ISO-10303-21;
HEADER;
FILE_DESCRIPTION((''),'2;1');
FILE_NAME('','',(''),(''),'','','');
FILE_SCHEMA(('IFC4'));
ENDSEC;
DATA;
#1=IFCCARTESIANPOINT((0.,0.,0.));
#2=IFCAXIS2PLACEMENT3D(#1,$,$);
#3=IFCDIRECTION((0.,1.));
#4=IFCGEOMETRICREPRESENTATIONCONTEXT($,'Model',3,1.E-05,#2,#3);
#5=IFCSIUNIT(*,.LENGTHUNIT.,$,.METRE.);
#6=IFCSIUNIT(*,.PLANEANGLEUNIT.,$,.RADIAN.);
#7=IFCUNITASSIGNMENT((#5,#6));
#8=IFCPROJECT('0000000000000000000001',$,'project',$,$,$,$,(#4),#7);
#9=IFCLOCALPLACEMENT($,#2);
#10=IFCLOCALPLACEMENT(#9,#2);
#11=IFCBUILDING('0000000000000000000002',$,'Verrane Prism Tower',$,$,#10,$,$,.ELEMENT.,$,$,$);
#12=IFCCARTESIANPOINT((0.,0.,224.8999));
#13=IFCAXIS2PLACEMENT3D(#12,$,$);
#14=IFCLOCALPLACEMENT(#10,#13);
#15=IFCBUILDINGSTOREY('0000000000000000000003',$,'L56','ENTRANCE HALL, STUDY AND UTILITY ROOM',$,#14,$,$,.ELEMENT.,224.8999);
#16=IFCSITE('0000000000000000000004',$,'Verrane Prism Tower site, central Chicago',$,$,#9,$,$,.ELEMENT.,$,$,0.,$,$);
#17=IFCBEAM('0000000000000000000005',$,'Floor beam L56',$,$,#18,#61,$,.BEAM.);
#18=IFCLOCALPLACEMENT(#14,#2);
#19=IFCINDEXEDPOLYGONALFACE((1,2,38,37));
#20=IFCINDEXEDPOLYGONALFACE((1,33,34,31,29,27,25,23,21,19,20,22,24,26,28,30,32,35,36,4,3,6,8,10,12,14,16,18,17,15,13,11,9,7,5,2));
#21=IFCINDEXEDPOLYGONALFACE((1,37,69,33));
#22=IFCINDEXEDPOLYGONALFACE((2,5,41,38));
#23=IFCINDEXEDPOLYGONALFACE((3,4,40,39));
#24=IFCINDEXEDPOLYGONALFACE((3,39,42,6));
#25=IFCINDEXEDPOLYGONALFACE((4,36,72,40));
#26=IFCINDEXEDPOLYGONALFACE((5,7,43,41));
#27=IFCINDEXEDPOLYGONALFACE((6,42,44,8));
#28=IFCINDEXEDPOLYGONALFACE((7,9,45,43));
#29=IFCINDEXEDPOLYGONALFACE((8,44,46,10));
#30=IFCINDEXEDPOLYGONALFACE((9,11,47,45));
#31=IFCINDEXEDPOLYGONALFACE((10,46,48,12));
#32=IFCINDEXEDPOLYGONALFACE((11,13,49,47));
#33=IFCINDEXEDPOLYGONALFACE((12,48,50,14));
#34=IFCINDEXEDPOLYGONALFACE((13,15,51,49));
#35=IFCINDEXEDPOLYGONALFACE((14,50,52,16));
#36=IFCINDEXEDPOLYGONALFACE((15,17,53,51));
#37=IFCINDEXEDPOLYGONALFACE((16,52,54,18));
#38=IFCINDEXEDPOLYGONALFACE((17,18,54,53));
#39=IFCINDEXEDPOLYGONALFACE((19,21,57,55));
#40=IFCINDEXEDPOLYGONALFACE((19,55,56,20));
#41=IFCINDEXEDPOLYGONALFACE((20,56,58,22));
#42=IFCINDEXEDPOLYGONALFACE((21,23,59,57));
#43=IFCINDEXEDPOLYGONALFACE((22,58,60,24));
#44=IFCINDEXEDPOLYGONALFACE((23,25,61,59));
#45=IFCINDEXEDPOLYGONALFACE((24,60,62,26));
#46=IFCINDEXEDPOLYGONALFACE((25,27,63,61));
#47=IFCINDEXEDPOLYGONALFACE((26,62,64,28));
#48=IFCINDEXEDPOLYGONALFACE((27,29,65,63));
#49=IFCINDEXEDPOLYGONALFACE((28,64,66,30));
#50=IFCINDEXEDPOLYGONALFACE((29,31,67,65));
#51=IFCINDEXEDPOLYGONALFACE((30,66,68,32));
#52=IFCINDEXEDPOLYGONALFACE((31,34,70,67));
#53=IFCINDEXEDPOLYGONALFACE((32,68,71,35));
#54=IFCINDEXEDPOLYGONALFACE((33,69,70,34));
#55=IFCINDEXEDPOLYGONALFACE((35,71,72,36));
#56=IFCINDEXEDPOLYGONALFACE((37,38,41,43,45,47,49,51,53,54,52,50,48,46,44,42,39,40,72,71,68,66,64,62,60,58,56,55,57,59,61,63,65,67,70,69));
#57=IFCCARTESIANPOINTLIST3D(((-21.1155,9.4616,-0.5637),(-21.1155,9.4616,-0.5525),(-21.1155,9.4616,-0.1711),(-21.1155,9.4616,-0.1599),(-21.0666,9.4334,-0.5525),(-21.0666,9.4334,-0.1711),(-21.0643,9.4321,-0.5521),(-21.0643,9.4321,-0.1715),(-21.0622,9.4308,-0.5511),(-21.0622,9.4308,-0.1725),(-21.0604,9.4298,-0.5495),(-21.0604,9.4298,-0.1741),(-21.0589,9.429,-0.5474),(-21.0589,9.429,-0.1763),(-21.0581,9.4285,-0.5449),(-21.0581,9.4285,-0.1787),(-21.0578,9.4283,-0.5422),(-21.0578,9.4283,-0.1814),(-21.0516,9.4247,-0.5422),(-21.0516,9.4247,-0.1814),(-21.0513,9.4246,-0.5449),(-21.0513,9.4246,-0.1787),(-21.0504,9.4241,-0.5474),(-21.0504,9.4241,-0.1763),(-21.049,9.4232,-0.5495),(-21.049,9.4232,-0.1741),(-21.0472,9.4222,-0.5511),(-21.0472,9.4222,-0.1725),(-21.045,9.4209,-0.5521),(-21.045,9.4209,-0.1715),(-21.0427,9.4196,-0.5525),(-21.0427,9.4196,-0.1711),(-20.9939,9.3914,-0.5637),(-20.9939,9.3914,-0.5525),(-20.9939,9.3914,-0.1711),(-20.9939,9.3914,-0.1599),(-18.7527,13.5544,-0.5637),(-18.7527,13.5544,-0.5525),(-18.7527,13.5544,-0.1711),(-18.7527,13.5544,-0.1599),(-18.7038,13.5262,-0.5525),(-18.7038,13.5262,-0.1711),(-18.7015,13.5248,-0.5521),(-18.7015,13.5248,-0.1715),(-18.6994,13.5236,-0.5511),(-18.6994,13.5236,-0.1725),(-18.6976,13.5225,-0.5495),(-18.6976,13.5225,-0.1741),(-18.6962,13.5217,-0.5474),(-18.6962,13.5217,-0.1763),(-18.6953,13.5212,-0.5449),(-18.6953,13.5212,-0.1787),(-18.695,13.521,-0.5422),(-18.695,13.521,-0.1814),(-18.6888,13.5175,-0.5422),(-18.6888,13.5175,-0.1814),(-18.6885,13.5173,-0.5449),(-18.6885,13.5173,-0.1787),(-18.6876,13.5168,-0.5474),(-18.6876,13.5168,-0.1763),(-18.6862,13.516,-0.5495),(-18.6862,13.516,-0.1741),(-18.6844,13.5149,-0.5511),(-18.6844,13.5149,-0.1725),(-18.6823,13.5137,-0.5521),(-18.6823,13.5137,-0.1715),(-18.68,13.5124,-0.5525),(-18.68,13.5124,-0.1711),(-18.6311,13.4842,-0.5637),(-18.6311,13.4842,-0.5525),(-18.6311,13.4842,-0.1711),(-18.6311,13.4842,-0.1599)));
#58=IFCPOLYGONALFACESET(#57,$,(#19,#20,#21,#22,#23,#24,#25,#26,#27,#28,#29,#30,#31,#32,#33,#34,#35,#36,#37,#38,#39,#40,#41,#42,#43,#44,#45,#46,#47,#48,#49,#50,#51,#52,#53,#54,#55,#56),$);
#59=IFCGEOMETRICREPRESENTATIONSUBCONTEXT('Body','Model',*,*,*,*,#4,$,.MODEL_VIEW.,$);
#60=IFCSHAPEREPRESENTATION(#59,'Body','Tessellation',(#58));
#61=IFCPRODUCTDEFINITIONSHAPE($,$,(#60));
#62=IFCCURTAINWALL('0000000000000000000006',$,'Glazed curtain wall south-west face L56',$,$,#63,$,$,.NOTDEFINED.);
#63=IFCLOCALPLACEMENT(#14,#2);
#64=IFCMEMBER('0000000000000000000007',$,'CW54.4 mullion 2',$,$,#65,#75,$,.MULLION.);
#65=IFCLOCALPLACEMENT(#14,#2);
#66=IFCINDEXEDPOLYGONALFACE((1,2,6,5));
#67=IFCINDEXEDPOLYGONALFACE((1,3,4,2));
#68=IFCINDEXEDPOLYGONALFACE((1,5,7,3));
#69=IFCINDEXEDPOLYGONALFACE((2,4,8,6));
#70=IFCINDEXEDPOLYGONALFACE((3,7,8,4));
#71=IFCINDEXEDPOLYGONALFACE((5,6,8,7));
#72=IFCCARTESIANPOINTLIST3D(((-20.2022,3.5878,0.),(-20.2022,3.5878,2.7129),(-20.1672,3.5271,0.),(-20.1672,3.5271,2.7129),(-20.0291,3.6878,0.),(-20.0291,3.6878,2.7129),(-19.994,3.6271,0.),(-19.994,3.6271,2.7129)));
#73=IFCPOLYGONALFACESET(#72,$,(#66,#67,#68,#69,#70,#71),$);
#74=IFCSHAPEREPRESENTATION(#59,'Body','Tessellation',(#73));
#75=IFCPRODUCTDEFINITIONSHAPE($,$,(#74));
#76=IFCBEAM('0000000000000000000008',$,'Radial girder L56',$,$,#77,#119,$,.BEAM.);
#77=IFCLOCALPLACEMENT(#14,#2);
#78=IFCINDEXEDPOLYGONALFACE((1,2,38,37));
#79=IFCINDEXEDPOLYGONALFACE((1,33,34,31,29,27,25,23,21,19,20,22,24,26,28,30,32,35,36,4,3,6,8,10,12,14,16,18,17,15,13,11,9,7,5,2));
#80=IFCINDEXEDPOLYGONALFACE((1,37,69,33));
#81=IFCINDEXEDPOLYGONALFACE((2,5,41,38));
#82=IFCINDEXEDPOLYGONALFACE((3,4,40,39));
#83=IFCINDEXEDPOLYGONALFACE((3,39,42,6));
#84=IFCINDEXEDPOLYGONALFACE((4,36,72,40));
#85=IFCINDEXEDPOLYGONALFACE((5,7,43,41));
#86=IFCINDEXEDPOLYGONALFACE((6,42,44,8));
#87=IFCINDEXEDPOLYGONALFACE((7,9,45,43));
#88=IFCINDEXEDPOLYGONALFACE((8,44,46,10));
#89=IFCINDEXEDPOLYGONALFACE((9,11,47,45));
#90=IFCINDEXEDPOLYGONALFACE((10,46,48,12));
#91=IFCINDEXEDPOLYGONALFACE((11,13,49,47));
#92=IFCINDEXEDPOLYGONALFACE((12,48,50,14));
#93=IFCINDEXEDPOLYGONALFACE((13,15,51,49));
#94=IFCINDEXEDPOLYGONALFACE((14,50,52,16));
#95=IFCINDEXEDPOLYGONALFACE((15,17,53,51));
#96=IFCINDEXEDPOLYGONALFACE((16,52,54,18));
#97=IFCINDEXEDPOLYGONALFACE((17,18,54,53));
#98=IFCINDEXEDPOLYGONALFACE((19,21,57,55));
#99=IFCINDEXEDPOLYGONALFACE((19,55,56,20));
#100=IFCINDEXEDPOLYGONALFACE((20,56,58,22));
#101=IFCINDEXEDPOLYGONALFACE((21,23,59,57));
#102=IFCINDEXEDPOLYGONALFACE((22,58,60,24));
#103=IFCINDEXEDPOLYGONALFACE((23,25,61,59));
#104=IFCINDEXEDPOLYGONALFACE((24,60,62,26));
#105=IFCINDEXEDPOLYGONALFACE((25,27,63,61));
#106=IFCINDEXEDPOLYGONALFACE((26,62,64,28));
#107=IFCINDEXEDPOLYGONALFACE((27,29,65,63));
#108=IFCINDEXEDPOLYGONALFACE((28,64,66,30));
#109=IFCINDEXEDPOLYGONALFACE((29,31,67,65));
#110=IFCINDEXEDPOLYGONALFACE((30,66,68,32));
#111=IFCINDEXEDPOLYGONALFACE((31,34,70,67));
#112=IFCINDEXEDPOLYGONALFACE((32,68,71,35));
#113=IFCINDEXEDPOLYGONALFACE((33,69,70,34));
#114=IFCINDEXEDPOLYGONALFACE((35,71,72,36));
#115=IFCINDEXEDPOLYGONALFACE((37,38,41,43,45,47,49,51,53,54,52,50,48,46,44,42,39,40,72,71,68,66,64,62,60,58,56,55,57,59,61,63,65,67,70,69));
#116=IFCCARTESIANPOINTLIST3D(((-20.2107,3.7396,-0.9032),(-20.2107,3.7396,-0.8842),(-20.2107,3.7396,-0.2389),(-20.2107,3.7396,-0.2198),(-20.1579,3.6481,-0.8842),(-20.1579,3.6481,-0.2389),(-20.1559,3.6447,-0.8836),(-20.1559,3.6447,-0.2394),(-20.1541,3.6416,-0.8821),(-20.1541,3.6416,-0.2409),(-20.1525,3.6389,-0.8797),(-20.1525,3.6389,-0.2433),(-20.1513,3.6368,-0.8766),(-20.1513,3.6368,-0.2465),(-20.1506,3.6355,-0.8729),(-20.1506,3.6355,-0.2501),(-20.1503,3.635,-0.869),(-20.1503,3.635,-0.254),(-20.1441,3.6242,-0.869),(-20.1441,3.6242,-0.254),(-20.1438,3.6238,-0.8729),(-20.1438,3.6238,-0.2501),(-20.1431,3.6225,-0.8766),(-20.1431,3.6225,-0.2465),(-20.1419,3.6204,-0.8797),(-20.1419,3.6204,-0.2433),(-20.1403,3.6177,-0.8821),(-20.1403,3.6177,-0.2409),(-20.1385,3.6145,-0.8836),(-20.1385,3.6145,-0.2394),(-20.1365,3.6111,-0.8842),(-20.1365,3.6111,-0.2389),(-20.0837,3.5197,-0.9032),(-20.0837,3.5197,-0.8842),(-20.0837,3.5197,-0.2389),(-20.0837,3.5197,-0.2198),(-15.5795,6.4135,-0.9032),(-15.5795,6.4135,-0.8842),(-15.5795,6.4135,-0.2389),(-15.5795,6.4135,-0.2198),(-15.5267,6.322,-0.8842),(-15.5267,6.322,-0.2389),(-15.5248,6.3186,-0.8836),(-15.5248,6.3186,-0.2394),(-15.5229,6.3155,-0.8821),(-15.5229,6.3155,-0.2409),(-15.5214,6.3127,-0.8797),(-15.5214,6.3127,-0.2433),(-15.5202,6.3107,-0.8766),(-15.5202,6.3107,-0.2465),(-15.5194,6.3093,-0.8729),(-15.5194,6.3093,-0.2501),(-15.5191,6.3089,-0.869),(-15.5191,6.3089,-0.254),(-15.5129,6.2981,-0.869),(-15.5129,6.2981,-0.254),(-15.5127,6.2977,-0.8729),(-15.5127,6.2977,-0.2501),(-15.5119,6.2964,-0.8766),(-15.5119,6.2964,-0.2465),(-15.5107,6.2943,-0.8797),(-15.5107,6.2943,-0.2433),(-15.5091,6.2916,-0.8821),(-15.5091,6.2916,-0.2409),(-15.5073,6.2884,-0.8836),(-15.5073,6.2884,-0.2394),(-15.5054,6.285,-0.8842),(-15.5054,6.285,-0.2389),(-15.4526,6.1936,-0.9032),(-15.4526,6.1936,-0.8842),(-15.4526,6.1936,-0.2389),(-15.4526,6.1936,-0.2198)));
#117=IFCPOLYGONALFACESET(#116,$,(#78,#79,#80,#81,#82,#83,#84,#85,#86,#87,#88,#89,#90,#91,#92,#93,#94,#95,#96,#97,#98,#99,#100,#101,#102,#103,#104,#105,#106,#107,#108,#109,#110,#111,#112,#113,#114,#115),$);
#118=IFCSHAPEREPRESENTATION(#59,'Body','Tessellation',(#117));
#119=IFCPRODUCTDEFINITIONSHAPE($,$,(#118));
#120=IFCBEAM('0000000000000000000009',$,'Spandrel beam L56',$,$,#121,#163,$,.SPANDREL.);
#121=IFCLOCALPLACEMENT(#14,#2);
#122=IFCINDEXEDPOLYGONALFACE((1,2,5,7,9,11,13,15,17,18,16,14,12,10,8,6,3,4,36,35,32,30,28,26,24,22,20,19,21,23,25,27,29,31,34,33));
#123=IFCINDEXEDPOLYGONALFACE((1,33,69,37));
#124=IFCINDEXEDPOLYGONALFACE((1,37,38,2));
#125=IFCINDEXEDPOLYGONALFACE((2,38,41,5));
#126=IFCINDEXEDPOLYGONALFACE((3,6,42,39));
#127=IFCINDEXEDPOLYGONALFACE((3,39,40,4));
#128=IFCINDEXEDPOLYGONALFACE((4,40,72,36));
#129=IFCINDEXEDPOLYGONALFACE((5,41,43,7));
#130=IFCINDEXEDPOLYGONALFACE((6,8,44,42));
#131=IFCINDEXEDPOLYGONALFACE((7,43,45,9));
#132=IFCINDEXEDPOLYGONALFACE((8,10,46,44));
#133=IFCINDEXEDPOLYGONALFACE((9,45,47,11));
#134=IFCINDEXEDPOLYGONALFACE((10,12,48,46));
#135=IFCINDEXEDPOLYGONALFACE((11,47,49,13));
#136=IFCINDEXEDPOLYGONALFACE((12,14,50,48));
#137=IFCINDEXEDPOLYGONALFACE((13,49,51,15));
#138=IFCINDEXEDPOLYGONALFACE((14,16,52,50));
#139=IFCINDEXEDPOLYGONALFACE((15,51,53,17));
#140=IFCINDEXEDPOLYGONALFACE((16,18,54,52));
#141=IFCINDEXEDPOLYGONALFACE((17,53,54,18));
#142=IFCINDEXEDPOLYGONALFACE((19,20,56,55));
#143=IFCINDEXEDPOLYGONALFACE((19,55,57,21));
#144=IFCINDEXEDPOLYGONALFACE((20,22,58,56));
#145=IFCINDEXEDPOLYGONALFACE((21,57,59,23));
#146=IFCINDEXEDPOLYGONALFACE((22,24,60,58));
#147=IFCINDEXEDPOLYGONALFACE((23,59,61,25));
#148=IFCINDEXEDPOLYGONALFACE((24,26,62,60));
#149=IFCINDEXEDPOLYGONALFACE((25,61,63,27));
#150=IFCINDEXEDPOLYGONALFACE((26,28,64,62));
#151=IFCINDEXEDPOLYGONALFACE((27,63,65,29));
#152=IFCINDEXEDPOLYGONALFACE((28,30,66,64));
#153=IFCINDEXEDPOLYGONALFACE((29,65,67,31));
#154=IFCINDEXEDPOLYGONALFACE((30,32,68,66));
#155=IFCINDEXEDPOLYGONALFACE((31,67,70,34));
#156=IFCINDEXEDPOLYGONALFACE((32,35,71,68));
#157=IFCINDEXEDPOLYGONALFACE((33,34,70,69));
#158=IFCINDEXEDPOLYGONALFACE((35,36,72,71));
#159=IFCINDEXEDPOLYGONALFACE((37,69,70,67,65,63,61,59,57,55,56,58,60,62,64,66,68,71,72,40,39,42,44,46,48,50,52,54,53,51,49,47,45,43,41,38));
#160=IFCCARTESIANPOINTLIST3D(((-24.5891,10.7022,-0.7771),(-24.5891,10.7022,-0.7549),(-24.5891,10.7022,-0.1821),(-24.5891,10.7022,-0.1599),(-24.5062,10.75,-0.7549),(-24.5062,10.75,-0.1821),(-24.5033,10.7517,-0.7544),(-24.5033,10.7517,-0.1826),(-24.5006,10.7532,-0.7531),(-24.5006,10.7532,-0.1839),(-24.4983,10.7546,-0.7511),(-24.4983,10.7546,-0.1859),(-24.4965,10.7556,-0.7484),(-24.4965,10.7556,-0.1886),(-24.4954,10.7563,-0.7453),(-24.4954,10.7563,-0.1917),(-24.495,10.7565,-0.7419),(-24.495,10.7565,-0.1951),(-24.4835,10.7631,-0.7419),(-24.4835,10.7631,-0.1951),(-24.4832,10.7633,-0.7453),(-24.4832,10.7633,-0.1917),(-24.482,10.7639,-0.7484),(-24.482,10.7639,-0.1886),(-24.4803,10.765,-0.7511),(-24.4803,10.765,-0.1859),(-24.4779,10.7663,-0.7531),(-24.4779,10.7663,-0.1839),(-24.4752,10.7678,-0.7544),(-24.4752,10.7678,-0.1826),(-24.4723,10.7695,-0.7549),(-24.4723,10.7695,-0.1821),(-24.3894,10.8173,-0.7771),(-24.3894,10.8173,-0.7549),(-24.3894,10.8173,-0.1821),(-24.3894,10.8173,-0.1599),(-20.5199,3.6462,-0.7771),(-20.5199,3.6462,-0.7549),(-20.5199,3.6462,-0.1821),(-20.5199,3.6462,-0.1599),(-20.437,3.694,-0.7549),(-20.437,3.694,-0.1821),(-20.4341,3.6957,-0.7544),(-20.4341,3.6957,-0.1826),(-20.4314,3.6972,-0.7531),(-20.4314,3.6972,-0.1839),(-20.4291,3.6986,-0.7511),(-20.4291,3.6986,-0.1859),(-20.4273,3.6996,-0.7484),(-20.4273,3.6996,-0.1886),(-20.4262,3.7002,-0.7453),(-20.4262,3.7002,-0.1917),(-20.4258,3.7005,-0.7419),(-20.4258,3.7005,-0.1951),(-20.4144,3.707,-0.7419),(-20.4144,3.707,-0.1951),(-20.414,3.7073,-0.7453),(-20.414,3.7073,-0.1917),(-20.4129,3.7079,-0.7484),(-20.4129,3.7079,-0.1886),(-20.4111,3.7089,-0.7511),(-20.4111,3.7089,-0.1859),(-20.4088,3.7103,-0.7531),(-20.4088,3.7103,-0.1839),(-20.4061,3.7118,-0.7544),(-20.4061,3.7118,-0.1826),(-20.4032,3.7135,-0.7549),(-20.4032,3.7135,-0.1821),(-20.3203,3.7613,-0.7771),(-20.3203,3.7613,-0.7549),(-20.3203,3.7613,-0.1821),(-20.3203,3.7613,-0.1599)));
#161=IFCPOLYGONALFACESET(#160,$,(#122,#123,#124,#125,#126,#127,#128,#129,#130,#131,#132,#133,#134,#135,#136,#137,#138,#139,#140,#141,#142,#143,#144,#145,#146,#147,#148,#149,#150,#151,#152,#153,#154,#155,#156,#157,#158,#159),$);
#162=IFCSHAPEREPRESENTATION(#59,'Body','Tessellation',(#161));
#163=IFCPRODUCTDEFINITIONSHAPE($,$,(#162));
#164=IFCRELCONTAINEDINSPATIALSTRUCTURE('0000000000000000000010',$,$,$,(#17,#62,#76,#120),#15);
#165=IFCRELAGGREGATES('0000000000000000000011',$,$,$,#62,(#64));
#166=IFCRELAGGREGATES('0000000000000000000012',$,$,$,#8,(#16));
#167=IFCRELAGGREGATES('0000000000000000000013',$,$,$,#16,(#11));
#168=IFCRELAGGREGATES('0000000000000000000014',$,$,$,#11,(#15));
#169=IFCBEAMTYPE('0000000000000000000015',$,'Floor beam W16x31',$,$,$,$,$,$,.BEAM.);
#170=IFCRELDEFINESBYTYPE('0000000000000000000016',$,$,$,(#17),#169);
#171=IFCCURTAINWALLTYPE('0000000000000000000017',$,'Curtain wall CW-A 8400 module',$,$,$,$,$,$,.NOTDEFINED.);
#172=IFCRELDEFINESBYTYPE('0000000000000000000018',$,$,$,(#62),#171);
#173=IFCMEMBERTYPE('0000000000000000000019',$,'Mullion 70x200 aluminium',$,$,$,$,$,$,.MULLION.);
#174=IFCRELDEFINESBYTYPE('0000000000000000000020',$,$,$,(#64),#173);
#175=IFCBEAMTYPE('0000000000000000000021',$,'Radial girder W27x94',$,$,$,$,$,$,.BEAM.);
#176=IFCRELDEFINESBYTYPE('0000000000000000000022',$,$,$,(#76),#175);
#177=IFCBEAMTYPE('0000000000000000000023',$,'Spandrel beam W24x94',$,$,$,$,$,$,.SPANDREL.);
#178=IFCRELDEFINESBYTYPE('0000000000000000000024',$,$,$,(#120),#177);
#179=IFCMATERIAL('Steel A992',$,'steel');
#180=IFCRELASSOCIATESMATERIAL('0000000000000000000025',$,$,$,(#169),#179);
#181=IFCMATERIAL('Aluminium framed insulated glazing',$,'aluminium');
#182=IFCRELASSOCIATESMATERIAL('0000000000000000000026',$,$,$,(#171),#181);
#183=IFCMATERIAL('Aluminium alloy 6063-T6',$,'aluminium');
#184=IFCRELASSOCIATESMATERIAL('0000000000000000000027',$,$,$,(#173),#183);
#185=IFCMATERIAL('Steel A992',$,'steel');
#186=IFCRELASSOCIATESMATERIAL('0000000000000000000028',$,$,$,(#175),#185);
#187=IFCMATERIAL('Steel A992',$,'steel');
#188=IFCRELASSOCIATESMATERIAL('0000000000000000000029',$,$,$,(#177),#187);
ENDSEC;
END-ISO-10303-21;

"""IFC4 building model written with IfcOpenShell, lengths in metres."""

from ifc_helpers import new_model, si_unit, direction, frame, origin, origin_2d, place, context, subcontext, project, spatial, rectangle, i_section, extrude, material, material_profile, profile_set, type_object, element, aggregate, save


model = new_model("IFC4")

# Units and contexts
model_context = context("Model", 3, precision=1e-05, world=origin(), true_north=direction((0.0, 1.0)))
body_context = subcontext(model_context, "Body", "Model", "MODEL_VIEW")
ifc_project = project(units=[si_unit("LENGTHUNIT", "METRE"), si_unit("PLANEANGLEUNIT", "RADIAN")], contexts=[model_context])

# Site, building, storey
site_placement = place(None, origin())
site = spatial("IfcSite", under=ifc_project, at=site_placement, Name="Verrane Prism Tower site, central Chicago", CompositionType="ELEMENT", RefElevation=0.0)
building_placement = place(site_placement, origin())
building = spatial("IfcBuilding", under=site, at=building_placement, Name="Verrane Prism Tower", CompositionType="ELEMENT")
storey_placement = place(building_placement, frame((0.0, 0.0, 224.8999)))
storey = spatial("IfcBuildingStorey", under=building, at=storey_placement, Name="L56", Description="ENTRANCE HALL, STUDY AND UTILITY ROOM", CompositionType="ELEMENT", Elevation=224.8999)

# Beam
ifc_material_1 = material(Name="Steel A992", Category="steel")
ifc_material_profile_1 = material_profile(ifc_material_1, i_section(OverallWidth=0.1404, OverallDepth=0.4038, WebThickness=0.0071, FlangeThickness=0.0112, FilletRadius=0.0103, at=origin_2d()), Name="W16x31")
ifc_profile_set_1 = profile_set([ifc_material_profile_1], Name="Steel A992")
beam_type_1 = type_object("IfcBeamType", Name="Floor beam W16x31", PredefinedType="BEAM", material=ifc_profile_set_1)
beam_1_placement = place(storey_placement, frame((-21.0547, 9.4265, -0.3618), z_axis=(0.499973, 0.866041, 0.0), x_axis=(-0.866041, 0.499973, 0.0)))
element("IfcBeam", 1, at=beam_1_placement, inside=storey, type_object=beam_type_1, Name="Floor beam L56", PredefinedType="BEAM", context=body_context, shape_type="SweptSolid", body=[
    extrude(i_section(OverallWidth=0.1404, OverallDepth=0.4038, WebThickness=0.0071, FlangeThickness=0.0112, FilletRadius=0.0103, at=origin_2d()), origin(), (0.0, 0.0, 1.0), 4.7258),
])

# Curtain wall, member
ifc_material_2 = material(Name="Aluminium framed insulated glazing", Category="aluminium")
curtain_wall_type = type_object("IfcCurtainWallType", Name="Curtain wall CW-A 8400 module", PredefinedType="NOTDEFINED", material=ifc_material_2)
curtain_wall_placement = place(storey_placement, origin())
curtain_wall = element("IfcCurtainWall", 2, at=curtain_wall_placement, inside=storey, type_object=curtain_wall_type, Name="Glazed curtain wall south-west face L56", PredefinedType="NOTDEFINED")
ifc_material_3 = material(Name="Aluminium alloy 6063-T6", Category="aluminium")
ifc_material_profile_2 = material_profile(ifc_material_3, rectangle(XDim=0.2, YDim=0.0701, at=origin_2d()), Name="Mullion 70x200 aluminium")
ifc_profile_set_2 = profile_set([ifc_material_profile_2], Name="Aluminium alloy 6063-T6")
member_type_1 = type_object("IfcMemberType", Name="Mullion 70x200 aluminium", PredefinedType="MULLION", material=ifc_profile_set_2)
member_1_placement = place(storey_placement, frame((-20.0981, 3.6074, 0.0), z_axis=(0.0, 0.0, 1.0), x_axis=(0.866025, 0.500001, 0.0)))
member_1 = element("IfcMember", 3, at=member_1_placement, type_object=member_type_1, Name="CW54.4 mullion 2", PredefinedType="MULLION", context=body_context, shape_type="SweptSolid", body=[
    extrude(rectangle(XDim=0.2, YDim=0.0701, at=origin_2d()), origin(), (0.0, 0.0, 1.0), 2.7129),
])

# Beams
ifc_material_4 = material(Name="Steel A992", Category="steel")
ifc_material_profile_3 = material_profile(ifc_material_4, i_section(OverallWidth=0.2539, OverallDepth=0.6833, WebThickness=0.0125, FlangeThickness=0.019, FilletRadius=0.0151, at=origin_2d()), Name="W27x94")
ifc_profile_set_3 = profile_set([ifc_material_profile_3], Name="Steel A992")
beam_type_2 = type_object("IfcBeamType", Name="Radial girder W27x94", PredefinedType="BEAM", material=ifc_profile_set_3)
beam_2_placement = place(storey_placement, frame((-20.1472, 3.6296, -0.5615), z_axis=(0.866021, 0.500008, 0.0), x_axis=(-0.500008, 0.866021, 0.0)))
element("IfcBeam", 4, at=beam_2_placement, inside=storey, type_object=beam_type_2, Name="Radial girder L56", PredefinedType="BEAM", context=body_context, shape_type="SweptSolid", body=[
    extrude(i_section(OverallWidth=0.2539, OverallDepth=0.6833, WebThickness=0.0125, FlangeThickness=0.019, FilletRadius=0.0151, at=origin_2d()), origin(), (0.0, 0.0, 1.0), 5.3477),
])
ifc_material_5 = material(Name="Steel A992", Category="steel")
ifc_material_profile_4 = material_profile(ifc_material_5, i_section(OverallWidth=0.2305, OverallDepth=0.6172, WebThickness=0.0132, FlangeThickness=0.0222, FilletRadius=0.0129, at=origin_2d()), Name="W24x94")
ifc_profile_set_4 = profile_set([ifc_material_profile_4], Name="Steel A992")
beam_type_3 = type_object("IfcBeamType", Name="Spandrel beam W24x94", PredefinedType="SPANDREL", material=ifc_profile_set_4)
beam_3_placement = place(storey_placement, frame((-24.4893, 10.7598, -0.4685), z_axis=(0.499573, -0.866272, 0.0), x_axis=(0.866272, 0.499573, 0.0)))
element("IfcBeam", 5, at=beam_3_placement, inside=storey, type_object=beam_type_3, Name="Spandrel beam L56", PredefinedType="SPANDREL", context=body_context, shape_type="SweptSolid", body=[
    extrude(i_section(OverallWidth=0.2305, OverallDepth=0.6172, WebThickness=0.0132, FlangeThickness=0.0222, FilletRadius=0.0129, at=origin_2d()), origin(), (0.0, 0.0, 1.0), 8.1453),
])

aggregate(curtain_wall, [member_1])

save(model, "model.ifc")
